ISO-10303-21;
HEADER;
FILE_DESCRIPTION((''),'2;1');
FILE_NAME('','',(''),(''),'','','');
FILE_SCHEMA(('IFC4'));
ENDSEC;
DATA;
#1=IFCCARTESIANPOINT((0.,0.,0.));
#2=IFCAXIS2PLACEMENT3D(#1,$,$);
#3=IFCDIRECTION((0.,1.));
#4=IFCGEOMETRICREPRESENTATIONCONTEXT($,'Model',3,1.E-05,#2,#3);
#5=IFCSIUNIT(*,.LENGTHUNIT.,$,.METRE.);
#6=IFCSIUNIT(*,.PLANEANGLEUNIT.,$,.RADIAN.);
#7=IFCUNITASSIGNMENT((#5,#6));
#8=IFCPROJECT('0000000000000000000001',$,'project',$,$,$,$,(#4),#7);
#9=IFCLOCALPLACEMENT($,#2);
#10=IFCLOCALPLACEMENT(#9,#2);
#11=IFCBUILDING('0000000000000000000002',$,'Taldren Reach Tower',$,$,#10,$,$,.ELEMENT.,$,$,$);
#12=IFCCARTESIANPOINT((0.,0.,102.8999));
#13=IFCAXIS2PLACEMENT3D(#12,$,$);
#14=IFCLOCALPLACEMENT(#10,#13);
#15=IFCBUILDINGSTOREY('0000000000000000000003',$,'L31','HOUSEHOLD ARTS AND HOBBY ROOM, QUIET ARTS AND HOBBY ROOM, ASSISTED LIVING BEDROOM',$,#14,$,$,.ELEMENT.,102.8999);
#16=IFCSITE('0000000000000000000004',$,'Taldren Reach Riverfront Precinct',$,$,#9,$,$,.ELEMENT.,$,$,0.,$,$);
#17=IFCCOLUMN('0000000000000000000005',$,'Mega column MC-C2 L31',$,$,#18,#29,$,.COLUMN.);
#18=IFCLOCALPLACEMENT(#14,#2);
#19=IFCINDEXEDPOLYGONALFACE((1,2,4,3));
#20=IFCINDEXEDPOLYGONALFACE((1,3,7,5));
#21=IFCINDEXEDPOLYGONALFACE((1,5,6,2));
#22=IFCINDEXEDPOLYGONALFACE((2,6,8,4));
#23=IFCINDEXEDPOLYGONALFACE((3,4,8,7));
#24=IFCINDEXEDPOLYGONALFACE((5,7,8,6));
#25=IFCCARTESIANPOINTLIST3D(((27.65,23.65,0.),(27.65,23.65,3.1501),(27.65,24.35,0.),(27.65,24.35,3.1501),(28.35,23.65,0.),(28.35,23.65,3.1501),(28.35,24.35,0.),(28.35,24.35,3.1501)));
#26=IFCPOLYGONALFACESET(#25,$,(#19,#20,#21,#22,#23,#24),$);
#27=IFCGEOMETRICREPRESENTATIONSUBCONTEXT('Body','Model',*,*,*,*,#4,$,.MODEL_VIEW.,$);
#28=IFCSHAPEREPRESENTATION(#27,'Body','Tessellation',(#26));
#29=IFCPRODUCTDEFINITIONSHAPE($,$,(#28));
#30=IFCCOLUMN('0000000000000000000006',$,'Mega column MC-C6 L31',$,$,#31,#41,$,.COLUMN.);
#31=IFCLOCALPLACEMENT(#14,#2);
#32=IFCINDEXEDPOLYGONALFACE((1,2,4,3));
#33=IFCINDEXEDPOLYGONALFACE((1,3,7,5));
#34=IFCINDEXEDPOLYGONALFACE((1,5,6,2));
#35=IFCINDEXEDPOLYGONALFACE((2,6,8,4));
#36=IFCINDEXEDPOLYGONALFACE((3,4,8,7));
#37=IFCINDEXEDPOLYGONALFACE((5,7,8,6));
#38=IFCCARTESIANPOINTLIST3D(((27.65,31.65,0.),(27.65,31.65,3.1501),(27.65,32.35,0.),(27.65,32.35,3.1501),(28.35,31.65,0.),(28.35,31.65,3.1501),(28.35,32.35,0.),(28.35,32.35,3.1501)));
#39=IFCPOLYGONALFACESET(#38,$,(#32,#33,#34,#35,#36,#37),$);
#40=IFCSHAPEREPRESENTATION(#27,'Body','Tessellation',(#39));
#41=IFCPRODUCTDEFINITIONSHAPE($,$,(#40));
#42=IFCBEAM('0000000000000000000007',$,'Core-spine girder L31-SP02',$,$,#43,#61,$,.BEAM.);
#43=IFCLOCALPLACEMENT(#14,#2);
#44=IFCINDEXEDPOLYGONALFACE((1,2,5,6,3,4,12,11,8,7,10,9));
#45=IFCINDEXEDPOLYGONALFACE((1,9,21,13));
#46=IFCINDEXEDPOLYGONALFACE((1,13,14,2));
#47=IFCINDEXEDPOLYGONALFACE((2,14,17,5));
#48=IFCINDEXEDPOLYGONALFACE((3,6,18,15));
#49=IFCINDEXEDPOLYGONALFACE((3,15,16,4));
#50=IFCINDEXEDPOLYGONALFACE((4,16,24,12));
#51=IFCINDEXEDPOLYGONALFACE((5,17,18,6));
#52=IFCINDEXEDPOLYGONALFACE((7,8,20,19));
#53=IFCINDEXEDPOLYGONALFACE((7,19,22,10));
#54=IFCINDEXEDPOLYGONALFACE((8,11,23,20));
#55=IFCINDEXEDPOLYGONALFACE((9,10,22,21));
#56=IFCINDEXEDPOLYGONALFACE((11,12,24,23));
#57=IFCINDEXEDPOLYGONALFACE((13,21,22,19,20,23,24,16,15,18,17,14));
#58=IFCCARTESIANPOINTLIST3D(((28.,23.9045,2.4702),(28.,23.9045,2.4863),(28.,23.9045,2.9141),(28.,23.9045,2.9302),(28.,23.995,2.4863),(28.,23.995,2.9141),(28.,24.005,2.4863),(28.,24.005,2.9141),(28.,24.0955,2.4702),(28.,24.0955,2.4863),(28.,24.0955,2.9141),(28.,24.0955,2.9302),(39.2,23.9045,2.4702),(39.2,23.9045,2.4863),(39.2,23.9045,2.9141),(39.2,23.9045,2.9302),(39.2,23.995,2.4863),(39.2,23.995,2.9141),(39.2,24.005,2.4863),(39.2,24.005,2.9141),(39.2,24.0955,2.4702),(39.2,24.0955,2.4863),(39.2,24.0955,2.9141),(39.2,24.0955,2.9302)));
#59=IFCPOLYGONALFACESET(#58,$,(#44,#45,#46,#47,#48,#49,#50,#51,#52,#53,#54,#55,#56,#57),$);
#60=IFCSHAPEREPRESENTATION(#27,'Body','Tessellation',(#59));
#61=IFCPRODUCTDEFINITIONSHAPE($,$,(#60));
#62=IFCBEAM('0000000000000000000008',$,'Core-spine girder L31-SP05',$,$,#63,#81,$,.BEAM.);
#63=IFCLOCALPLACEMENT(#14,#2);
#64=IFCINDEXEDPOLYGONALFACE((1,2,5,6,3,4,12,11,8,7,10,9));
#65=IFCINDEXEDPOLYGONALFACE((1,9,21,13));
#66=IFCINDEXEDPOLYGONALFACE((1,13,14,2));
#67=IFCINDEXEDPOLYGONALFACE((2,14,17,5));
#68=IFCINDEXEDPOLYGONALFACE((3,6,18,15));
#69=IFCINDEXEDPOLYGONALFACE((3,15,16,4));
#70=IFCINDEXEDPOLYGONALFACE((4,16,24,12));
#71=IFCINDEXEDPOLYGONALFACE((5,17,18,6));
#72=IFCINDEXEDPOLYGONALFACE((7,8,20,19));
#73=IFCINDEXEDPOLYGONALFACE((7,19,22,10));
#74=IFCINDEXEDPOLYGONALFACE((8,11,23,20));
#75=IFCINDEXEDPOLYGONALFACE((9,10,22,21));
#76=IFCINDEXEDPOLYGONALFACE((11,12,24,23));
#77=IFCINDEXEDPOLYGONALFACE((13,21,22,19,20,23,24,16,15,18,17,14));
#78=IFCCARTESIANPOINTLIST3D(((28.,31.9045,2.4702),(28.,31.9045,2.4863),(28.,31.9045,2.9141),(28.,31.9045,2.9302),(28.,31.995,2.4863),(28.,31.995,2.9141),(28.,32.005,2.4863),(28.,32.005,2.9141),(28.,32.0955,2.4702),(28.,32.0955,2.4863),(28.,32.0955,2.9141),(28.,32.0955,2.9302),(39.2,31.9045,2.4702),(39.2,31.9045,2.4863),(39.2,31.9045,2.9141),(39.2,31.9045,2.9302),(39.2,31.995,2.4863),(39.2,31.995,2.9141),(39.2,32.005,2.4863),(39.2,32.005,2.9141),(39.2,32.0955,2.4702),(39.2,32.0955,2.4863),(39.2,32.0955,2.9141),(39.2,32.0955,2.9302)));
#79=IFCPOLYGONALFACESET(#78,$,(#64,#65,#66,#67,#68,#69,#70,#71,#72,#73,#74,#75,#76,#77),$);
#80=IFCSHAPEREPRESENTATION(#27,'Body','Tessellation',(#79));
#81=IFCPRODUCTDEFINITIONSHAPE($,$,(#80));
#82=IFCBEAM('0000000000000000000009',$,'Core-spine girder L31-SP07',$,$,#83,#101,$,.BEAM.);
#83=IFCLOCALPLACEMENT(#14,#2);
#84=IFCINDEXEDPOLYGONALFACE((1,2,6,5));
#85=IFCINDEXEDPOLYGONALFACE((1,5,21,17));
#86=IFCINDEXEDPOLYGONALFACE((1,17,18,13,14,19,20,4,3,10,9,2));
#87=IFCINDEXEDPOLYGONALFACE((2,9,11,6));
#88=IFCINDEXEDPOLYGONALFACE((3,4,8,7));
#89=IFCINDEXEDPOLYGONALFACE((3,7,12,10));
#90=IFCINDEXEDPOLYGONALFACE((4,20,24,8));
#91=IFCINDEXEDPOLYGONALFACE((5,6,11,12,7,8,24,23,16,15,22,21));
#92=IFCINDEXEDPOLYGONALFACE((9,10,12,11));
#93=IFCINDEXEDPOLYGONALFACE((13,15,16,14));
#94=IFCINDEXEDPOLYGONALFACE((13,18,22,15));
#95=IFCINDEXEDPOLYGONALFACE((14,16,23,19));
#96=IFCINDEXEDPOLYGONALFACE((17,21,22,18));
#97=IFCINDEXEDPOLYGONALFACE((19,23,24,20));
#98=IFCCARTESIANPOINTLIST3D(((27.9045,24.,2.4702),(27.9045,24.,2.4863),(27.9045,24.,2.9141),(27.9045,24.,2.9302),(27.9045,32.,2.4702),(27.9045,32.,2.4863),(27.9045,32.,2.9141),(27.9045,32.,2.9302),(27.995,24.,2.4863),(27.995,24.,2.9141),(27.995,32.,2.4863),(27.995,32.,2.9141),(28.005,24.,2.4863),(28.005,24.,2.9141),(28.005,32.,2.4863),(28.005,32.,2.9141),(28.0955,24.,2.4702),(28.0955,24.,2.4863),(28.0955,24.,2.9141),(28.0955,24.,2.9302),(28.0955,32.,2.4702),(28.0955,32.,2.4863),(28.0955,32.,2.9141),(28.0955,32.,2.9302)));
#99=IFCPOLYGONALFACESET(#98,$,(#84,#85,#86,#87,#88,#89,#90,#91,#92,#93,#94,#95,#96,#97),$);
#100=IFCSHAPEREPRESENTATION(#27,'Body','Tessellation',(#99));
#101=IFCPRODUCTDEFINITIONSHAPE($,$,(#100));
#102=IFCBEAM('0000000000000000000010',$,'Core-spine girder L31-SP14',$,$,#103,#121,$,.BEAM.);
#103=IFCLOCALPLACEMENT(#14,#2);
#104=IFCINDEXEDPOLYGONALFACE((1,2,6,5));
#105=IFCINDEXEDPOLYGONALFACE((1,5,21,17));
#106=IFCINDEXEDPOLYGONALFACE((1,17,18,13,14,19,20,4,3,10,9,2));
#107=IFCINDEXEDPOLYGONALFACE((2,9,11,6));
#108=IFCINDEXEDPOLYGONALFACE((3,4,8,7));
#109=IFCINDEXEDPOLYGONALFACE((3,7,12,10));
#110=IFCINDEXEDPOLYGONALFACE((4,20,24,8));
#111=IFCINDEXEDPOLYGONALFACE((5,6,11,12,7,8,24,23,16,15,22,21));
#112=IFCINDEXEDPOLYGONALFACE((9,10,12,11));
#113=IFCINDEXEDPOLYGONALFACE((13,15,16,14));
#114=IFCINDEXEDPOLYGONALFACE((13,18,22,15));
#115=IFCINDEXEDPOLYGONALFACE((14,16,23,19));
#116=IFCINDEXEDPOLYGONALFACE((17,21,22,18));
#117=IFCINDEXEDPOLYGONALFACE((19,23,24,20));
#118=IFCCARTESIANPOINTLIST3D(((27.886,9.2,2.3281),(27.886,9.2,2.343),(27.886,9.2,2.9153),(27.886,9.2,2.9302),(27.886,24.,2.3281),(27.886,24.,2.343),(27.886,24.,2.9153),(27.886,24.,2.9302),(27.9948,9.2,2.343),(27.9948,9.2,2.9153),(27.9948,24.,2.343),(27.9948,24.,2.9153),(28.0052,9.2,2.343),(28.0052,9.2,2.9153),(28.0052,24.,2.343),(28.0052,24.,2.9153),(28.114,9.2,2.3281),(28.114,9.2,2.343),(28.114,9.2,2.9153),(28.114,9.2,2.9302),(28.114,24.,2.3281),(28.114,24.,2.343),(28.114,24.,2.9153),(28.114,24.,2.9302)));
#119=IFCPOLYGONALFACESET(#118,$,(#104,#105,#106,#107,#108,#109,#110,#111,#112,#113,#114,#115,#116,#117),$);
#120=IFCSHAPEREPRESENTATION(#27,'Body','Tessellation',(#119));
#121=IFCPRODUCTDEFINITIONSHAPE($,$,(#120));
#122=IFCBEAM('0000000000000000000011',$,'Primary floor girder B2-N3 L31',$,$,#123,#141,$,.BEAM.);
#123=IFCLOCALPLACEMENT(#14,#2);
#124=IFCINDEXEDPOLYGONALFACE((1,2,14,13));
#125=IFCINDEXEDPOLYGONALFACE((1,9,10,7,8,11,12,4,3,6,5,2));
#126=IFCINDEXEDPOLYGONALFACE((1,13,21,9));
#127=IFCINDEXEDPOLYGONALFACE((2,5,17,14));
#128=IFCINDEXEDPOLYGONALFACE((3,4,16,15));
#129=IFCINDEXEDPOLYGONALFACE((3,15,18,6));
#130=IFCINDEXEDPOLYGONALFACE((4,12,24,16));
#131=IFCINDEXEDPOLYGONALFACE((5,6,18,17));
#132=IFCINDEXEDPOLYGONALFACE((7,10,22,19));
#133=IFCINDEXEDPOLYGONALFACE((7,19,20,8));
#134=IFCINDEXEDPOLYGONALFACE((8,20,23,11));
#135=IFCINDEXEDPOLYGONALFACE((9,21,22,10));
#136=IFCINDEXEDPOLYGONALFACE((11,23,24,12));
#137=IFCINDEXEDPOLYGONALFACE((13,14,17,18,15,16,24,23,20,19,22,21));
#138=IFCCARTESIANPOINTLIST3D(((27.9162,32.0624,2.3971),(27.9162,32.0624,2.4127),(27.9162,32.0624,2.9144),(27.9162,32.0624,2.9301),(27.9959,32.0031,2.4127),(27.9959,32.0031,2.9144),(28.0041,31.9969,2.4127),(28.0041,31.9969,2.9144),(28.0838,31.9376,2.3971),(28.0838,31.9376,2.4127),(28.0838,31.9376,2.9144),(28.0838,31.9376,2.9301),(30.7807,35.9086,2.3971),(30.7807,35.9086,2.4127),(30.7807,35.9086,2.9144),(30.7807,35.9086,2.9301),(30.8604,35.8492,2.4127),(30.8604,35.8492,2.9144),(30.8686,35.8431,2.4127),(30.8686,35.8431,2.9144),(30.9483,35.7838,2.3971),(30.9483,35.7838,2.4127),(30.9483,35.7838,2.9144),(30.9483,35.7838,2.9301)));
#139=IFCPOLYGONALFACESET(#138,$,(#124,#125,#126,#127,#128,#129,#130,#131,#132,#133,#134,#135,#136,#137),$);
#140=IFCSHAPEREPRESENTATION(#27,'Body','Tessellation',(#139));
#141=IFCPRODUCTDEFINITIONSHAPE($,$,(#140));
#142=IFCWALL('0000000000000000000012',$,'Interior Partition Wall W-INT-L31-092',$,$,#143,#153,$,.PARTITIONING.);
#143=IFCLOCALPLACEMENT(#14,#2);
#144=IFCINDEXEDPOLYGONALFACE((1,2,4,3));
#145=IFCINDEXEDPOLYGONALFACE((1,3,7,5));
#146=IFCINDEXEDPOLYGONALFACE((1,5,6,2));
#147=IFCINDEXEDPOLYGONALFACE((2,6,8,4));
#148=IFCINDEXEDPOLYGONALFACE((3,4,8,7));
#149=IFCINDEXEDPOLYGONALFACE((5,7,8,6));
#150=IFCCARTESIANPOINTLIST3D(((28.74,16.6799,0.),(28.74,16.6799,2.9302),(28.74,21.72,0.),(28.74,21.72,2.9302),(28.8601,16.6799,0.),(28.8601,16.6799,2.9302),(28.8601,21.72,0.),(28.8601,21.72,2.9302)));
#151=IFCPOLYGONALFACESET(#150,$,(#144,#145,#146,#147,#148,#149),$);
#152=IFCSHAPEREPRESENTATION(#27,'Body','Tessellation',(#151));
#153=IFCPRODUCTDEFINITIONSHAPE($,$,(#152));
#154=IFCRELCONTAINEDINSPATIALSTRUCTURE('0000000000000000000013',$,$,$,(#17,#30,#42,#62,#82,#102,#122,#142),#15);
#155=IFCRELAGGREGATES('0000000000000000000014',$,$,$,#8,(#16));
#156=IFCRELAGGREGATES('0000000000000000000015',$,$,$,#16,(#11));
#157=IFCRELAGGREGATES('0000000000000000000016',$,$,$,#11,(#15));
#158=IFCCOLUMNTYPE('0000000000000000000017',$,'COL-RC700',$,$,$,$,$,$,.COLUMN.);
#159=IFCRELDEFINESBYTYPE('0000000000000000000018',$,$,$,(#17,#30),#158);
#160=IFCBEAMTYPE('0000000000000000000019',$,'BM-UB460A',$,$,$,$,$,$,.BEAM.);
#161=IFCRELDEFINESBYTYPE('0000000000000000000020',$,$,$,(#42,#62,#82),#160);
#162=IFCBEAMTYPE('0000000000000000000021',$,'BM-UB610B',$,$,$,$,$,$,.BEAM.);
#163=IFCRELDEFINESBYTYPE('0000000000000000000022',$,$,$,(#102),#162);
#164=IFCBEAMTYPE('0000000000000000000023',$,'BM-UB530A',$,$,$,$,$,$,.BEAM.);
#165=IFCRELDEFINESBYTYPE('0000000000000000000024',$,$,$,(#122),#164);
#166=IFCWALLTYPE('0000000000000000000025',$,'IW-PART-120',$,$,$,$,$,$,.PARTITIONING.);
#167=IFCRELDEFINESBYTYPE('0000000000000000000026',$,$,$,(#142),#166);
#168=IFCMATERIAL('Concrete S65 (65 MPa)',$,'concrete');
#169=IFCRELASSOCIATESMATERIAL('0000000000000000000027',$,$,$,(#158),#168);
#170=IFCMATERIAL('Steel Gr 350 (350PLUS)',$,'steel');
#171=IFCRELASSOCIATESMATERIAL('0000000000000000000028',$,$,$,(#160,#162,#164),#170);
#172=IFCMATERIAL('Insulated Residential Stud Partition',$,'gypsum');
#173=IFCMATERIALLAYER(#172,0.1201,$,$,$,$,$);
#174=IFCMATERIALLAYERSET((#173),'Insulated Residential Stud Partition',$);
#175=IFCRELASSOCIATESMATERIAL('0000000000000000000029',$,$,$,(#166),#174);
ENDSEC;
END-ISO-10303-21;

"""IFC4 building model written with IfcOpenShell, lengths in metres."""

from ifc_helpers import new_model, si_unit, direction, frame, frame_2d, origin, origin_2d, place, context, subcontext, project, spatial, rectangle, i_section, extrude, source, transform, mapped, material, layer, layer_set, material_profile, profile_set, type_object, element, save


model = new_model("IFC4")

# Units and contexts
model_context = context("Model", 3, precision=1e-05, world=origin(), true_north=direction((0.0, 1.0)))
body_context = subcontext(model_context, "Body", "Model", "MODEL_VIEW")
ifc_project = project(units=[si_unit("LENGTHUNIT", "METRE"), si_unit("PLANEANGLEUNIT", "RADIAN")], contexts=[model_context])

# Site, building, storey
site_placement = place(None, origin())
site = spatial("IfcSite", under=ifc_project, at=site_placement, Name="Taldren Reach Riverfront Precinct", CompositionType="ELEMENT", RefElevation=0.0)
building_placement = place(site_placement, origin())
building = spatial("IfcBuilding", under=site, at=building_placement, Name="Taldren Reach Tower", CompositionType="ELEMENT")
storey_placement = place(building_placement, frame((0.0, 0.0, 102.8999)))
storey = spatial("IfcBuildingStorey", under=building, at=storey_placement, Name="L31", Description="HOUSEHOLD ARTS AND HOBBY ROOM, QUIET ARTS AND HOBBY ROOM, ASSISTED LIVING BEDROOM", CompositionType="ELEMENT", Elevation=102.8999)

# Columns
ifc_material_1 = material(Name="Concrete S65 (65 MPa)", Category="concrete")
ifc_material_profile_1 = material_profile(ifc_material_1, rectangle(XDim=0.7, YDim=0.7, at=origin_2d()), Name="RC-700x700")
ifc_profile_set_1 = profile_set([ifc_material_profile_1], Name="Concrete S65 (65 MPa)")
column_type = type_object("IfcColumnType", Name="COL-RC700", PredefinedType="COLUMN", material=ifc_profile_set_1)
shared_shape_1 = source(origin(), body_context, "Body", "SweptSolid", [
    extrude(rectangle(XDim=0.7, YDim=0.7, at=origin_2d()), origin(), (0.0, 0.0, 1.0), 3.1501),
])
for number, where, z_axis, x_axis, name in (
    (1, (28.0, 24.0, 0.0), (0.0, 0.0, 1.0), (1.0, 0.0, 0.0), "Mega column MC-C2 L31"),
    (2, (28.0, 32.0, 0.0), (0.0, 0.0, 1.0), (1.0, 0.0, 0.0), "Mega column MC-C6 L31"),
):
    element("IfcColumn", number, at=place(storey_placement, frame(where, z_axis=z_axis, x_axis=x_axis)), inside=storey, type_object=column_type, Name=name, PredefinedType="COLUMN", context=body_context, shape_type="MappedRepresentation", body=[
        mapped(shared_shape_1, transform((0.0, 0.0, 0.0), scale=1.0)),
    ])

# Beams
ifc_material_2 = material(Name="Steel Gr 350 (350PLUS)", Category="steel")
ifc_material_profile_2 = material_profile(ifc_material_2, i_section(OverallWidth=0.1909, OverallDepth=0.46, WebThickness=0.01, FlangeThickness=0.0161, at=origin_2d()), Name="460UB82.1")
ifc_profile_set_2 = profile_set([ifc_material_profile_2], Name="Steel Gr 350 (350PLUS)")
beam_type_1 = type_object("IfcBeamType", Name="BM-UB460A", PredefinedType="BEAM", material=ifc_profile_set_2)
shared_shape_2 = source(origin(), body_context, "Body", "SweptSolid", [
    extrude(i_section(OverallWidth=0.1909, OverallDepth=0.46, WebThickness=0.01, FlangeThickness=0.0161, at=origin_2d()), origin(), (0.0, 0.0, 1.0), 11.2),
])
for number, where, z_axis, x_axis, name in (
    (3, (28.0, 24.0, 2.7002), (1.0, 0.0, 0.0), (0.0, 1.0, 0.0), "Core-spine girder L31-SP02"),
    (4, (28.0, 32.0, 2.7002), (1.0, 0.0, 0.0), (0.0, 1.0, 0.0), "Core-spine girder L31-SP05"),
):
    element("IfcBeam", number, at=place(storey_placement, frame(where, z_axis=z_axis, x_axis=x_axis)), inside=storey, type_object=beam_type_1, Name=name, PredefinedType="BEAM", context=body_context, shape_type="MappedRepresentation", body=[
        mapped(shared_shape_2, transform((0.0, 0.0, 0.0), scale=1.0)),
    ])
shared_shape_3 = source(origin(), body_context, "Body", "SweptSolid", [
    extrude(i_section(OverallWidth=0.1909, OverallDepth=0.46, WebThickness=0.01, FlangeThickness=0.0161, at=origin_2d()), origin(), (0.0, 0.0, 1.0), 8.0),
])
beam_1_placement = place(storey_placement, frame((28.0, 24.0, 2.7002), z_axis=(0.0, 1.0, 0.0), x_axis=(-1.0, 0.0, 0.0)))
element("IfcBeam", 5, at=beam_1_placement, inside=storey, type_object=beam_type_1, Name="Core-spine girder L31-SP07", PredefinedType="BEAM", context=body_context, shape_type="MappedRepresentation", body=[
    mapped(shared_shape_3, transform((0.0, 0.0, 0.0), scale=1.0)),
])
ifc_material_profile_3 = material_profile(ifc_material_2, i_section(OverallWidth=0.228, OverallDepth=0.6021, WebThickness=0.0105, FlangeThickness=0.0149, at=origin_2d()), Name="610UB101")
ifc_profile_set_3 = profile_set([ifc_material_profile_3], Name="Steel Gr 350 (350PLUS)")
beam_type_2 = type_object("IfcBeamType", Name="BM-UB610B", PredefinedType="BEAM", material=ifc_profile_set_3)
shared_shape_4 = source(origin(), body_context, "Body", "SweptSolid", [
    extrude(i_section(OverallWidth=0.228, OverallDepth=0.6021, WebThickness=0.0105, FlangeThickness=0.0149, at=origin_2d()), origin(), (0.0, 0.0, 1.0), 14.8),
])
beam_2_placement = place(storey_placement, frame((28.0, 24.0, 2.6292), z_axis=(0.0, -1.0, 0.0), x_axis=(1.0, 0.0, 0.0)))
element("IfcBeam", 6, at=beam_2_placement, inside=storey, type_object=beam_type_2, Name="Core-spine girder L31-SP14", PredefinedType="BEAM", context=body_context, shape_type="MappedRepresentation", body=[
    mapped(shared_shape_4, transform((0.0, 0.0, 0.0), scale=1.0)),
])
ifc_material_profile_4 = material_profile(ifc_material_2, i_section(OverallWidth=0.209, OverallDepth=0.533, WebThickness=0.0103, FlangeThickness=0.0156, at=origin_2d()), Name="530UB92.4")
ifc_profile_set_4 = profile_set([ifc_material_profile_4], Name="Steel Gr 350 (350PLUS)")
beam_type_3 = type_object("IfcBeamType", Name="BM-UB530A", PredefinedType="BEAM", material=ifc_profile_set_4)
shared_shape_5 = source(origin(), body_context, "Body", "SweptSolid", [
    extrude(i_section(OverallWidth=0.209, OverallDepth=0.533, WebThickness=0.0103, FlangeThickness=0.0156, at=origin_2d()), origin(), (0.0, 0.0, 1.0), 4.7957),
])
beam_3_placement = place(storey_placement, frame((28.0, 32.0, 2.6636), z_axis=(0.597309, 0.802011, 0.0), x_axis=(-0.802011, 0.597309, 0.0)))
element("IfcBeam", 7, at=beam_3_placement, inside=storey, type_object=beam_type_3, Name="Primary floor girder B2-N3 L31", PredefinedType="BEAM", context=body_context, shape_type="MappedRepresentation", body=[
    mapped(shared_shape_5, transform((0.0, 0.0, 0.0), scale=1.0)),
])

# Wall
ifc_material_3 = material(Name="Insulated Residential Stud Partition", Category="gypsum")
ifc_layer_1 = layer(ifc_material_3, 0.1201)
ifc_layer_set_1 = layer_set([ifc_layer_1], Name="Insulated Residential Stud Partition")
wall_type_1 = type_object("IfcWallType", Name="IW-PART-120", PredefinedType="PARTITIONING", material=ifc_layer_set_1)
shared_shape_6 = source(origin(), body_context, "Body", "SweptSolid", [
    extrude(rectangle(XDim=5.04, YDim=0.1201, at=frame_2d((2.52, 0.0))), origin(), (0.0, 0.0, 1.0), 2.9302),
])
wall_1_placement = place(storey_placement, frame((28.8, 21.72, 0.0), z_axis=(0.0, 0.0, 1.0), x_axis=(0.0, -1.0, 0.0)))
element("IfcWall", 8, at=wall_1_placement, inside=storey, type_object=wall_type_1, Name="Interior Partition Wall W-INT-L31-092", PredefinedType="PARTITIONING", context=body_context, shape_type="MappedRepresentation", body=[
    mapped(shared_shape_6, transform((0.0, 0.0, 0.0), scale=1.0)),
])

save(model, "model.ifc")
